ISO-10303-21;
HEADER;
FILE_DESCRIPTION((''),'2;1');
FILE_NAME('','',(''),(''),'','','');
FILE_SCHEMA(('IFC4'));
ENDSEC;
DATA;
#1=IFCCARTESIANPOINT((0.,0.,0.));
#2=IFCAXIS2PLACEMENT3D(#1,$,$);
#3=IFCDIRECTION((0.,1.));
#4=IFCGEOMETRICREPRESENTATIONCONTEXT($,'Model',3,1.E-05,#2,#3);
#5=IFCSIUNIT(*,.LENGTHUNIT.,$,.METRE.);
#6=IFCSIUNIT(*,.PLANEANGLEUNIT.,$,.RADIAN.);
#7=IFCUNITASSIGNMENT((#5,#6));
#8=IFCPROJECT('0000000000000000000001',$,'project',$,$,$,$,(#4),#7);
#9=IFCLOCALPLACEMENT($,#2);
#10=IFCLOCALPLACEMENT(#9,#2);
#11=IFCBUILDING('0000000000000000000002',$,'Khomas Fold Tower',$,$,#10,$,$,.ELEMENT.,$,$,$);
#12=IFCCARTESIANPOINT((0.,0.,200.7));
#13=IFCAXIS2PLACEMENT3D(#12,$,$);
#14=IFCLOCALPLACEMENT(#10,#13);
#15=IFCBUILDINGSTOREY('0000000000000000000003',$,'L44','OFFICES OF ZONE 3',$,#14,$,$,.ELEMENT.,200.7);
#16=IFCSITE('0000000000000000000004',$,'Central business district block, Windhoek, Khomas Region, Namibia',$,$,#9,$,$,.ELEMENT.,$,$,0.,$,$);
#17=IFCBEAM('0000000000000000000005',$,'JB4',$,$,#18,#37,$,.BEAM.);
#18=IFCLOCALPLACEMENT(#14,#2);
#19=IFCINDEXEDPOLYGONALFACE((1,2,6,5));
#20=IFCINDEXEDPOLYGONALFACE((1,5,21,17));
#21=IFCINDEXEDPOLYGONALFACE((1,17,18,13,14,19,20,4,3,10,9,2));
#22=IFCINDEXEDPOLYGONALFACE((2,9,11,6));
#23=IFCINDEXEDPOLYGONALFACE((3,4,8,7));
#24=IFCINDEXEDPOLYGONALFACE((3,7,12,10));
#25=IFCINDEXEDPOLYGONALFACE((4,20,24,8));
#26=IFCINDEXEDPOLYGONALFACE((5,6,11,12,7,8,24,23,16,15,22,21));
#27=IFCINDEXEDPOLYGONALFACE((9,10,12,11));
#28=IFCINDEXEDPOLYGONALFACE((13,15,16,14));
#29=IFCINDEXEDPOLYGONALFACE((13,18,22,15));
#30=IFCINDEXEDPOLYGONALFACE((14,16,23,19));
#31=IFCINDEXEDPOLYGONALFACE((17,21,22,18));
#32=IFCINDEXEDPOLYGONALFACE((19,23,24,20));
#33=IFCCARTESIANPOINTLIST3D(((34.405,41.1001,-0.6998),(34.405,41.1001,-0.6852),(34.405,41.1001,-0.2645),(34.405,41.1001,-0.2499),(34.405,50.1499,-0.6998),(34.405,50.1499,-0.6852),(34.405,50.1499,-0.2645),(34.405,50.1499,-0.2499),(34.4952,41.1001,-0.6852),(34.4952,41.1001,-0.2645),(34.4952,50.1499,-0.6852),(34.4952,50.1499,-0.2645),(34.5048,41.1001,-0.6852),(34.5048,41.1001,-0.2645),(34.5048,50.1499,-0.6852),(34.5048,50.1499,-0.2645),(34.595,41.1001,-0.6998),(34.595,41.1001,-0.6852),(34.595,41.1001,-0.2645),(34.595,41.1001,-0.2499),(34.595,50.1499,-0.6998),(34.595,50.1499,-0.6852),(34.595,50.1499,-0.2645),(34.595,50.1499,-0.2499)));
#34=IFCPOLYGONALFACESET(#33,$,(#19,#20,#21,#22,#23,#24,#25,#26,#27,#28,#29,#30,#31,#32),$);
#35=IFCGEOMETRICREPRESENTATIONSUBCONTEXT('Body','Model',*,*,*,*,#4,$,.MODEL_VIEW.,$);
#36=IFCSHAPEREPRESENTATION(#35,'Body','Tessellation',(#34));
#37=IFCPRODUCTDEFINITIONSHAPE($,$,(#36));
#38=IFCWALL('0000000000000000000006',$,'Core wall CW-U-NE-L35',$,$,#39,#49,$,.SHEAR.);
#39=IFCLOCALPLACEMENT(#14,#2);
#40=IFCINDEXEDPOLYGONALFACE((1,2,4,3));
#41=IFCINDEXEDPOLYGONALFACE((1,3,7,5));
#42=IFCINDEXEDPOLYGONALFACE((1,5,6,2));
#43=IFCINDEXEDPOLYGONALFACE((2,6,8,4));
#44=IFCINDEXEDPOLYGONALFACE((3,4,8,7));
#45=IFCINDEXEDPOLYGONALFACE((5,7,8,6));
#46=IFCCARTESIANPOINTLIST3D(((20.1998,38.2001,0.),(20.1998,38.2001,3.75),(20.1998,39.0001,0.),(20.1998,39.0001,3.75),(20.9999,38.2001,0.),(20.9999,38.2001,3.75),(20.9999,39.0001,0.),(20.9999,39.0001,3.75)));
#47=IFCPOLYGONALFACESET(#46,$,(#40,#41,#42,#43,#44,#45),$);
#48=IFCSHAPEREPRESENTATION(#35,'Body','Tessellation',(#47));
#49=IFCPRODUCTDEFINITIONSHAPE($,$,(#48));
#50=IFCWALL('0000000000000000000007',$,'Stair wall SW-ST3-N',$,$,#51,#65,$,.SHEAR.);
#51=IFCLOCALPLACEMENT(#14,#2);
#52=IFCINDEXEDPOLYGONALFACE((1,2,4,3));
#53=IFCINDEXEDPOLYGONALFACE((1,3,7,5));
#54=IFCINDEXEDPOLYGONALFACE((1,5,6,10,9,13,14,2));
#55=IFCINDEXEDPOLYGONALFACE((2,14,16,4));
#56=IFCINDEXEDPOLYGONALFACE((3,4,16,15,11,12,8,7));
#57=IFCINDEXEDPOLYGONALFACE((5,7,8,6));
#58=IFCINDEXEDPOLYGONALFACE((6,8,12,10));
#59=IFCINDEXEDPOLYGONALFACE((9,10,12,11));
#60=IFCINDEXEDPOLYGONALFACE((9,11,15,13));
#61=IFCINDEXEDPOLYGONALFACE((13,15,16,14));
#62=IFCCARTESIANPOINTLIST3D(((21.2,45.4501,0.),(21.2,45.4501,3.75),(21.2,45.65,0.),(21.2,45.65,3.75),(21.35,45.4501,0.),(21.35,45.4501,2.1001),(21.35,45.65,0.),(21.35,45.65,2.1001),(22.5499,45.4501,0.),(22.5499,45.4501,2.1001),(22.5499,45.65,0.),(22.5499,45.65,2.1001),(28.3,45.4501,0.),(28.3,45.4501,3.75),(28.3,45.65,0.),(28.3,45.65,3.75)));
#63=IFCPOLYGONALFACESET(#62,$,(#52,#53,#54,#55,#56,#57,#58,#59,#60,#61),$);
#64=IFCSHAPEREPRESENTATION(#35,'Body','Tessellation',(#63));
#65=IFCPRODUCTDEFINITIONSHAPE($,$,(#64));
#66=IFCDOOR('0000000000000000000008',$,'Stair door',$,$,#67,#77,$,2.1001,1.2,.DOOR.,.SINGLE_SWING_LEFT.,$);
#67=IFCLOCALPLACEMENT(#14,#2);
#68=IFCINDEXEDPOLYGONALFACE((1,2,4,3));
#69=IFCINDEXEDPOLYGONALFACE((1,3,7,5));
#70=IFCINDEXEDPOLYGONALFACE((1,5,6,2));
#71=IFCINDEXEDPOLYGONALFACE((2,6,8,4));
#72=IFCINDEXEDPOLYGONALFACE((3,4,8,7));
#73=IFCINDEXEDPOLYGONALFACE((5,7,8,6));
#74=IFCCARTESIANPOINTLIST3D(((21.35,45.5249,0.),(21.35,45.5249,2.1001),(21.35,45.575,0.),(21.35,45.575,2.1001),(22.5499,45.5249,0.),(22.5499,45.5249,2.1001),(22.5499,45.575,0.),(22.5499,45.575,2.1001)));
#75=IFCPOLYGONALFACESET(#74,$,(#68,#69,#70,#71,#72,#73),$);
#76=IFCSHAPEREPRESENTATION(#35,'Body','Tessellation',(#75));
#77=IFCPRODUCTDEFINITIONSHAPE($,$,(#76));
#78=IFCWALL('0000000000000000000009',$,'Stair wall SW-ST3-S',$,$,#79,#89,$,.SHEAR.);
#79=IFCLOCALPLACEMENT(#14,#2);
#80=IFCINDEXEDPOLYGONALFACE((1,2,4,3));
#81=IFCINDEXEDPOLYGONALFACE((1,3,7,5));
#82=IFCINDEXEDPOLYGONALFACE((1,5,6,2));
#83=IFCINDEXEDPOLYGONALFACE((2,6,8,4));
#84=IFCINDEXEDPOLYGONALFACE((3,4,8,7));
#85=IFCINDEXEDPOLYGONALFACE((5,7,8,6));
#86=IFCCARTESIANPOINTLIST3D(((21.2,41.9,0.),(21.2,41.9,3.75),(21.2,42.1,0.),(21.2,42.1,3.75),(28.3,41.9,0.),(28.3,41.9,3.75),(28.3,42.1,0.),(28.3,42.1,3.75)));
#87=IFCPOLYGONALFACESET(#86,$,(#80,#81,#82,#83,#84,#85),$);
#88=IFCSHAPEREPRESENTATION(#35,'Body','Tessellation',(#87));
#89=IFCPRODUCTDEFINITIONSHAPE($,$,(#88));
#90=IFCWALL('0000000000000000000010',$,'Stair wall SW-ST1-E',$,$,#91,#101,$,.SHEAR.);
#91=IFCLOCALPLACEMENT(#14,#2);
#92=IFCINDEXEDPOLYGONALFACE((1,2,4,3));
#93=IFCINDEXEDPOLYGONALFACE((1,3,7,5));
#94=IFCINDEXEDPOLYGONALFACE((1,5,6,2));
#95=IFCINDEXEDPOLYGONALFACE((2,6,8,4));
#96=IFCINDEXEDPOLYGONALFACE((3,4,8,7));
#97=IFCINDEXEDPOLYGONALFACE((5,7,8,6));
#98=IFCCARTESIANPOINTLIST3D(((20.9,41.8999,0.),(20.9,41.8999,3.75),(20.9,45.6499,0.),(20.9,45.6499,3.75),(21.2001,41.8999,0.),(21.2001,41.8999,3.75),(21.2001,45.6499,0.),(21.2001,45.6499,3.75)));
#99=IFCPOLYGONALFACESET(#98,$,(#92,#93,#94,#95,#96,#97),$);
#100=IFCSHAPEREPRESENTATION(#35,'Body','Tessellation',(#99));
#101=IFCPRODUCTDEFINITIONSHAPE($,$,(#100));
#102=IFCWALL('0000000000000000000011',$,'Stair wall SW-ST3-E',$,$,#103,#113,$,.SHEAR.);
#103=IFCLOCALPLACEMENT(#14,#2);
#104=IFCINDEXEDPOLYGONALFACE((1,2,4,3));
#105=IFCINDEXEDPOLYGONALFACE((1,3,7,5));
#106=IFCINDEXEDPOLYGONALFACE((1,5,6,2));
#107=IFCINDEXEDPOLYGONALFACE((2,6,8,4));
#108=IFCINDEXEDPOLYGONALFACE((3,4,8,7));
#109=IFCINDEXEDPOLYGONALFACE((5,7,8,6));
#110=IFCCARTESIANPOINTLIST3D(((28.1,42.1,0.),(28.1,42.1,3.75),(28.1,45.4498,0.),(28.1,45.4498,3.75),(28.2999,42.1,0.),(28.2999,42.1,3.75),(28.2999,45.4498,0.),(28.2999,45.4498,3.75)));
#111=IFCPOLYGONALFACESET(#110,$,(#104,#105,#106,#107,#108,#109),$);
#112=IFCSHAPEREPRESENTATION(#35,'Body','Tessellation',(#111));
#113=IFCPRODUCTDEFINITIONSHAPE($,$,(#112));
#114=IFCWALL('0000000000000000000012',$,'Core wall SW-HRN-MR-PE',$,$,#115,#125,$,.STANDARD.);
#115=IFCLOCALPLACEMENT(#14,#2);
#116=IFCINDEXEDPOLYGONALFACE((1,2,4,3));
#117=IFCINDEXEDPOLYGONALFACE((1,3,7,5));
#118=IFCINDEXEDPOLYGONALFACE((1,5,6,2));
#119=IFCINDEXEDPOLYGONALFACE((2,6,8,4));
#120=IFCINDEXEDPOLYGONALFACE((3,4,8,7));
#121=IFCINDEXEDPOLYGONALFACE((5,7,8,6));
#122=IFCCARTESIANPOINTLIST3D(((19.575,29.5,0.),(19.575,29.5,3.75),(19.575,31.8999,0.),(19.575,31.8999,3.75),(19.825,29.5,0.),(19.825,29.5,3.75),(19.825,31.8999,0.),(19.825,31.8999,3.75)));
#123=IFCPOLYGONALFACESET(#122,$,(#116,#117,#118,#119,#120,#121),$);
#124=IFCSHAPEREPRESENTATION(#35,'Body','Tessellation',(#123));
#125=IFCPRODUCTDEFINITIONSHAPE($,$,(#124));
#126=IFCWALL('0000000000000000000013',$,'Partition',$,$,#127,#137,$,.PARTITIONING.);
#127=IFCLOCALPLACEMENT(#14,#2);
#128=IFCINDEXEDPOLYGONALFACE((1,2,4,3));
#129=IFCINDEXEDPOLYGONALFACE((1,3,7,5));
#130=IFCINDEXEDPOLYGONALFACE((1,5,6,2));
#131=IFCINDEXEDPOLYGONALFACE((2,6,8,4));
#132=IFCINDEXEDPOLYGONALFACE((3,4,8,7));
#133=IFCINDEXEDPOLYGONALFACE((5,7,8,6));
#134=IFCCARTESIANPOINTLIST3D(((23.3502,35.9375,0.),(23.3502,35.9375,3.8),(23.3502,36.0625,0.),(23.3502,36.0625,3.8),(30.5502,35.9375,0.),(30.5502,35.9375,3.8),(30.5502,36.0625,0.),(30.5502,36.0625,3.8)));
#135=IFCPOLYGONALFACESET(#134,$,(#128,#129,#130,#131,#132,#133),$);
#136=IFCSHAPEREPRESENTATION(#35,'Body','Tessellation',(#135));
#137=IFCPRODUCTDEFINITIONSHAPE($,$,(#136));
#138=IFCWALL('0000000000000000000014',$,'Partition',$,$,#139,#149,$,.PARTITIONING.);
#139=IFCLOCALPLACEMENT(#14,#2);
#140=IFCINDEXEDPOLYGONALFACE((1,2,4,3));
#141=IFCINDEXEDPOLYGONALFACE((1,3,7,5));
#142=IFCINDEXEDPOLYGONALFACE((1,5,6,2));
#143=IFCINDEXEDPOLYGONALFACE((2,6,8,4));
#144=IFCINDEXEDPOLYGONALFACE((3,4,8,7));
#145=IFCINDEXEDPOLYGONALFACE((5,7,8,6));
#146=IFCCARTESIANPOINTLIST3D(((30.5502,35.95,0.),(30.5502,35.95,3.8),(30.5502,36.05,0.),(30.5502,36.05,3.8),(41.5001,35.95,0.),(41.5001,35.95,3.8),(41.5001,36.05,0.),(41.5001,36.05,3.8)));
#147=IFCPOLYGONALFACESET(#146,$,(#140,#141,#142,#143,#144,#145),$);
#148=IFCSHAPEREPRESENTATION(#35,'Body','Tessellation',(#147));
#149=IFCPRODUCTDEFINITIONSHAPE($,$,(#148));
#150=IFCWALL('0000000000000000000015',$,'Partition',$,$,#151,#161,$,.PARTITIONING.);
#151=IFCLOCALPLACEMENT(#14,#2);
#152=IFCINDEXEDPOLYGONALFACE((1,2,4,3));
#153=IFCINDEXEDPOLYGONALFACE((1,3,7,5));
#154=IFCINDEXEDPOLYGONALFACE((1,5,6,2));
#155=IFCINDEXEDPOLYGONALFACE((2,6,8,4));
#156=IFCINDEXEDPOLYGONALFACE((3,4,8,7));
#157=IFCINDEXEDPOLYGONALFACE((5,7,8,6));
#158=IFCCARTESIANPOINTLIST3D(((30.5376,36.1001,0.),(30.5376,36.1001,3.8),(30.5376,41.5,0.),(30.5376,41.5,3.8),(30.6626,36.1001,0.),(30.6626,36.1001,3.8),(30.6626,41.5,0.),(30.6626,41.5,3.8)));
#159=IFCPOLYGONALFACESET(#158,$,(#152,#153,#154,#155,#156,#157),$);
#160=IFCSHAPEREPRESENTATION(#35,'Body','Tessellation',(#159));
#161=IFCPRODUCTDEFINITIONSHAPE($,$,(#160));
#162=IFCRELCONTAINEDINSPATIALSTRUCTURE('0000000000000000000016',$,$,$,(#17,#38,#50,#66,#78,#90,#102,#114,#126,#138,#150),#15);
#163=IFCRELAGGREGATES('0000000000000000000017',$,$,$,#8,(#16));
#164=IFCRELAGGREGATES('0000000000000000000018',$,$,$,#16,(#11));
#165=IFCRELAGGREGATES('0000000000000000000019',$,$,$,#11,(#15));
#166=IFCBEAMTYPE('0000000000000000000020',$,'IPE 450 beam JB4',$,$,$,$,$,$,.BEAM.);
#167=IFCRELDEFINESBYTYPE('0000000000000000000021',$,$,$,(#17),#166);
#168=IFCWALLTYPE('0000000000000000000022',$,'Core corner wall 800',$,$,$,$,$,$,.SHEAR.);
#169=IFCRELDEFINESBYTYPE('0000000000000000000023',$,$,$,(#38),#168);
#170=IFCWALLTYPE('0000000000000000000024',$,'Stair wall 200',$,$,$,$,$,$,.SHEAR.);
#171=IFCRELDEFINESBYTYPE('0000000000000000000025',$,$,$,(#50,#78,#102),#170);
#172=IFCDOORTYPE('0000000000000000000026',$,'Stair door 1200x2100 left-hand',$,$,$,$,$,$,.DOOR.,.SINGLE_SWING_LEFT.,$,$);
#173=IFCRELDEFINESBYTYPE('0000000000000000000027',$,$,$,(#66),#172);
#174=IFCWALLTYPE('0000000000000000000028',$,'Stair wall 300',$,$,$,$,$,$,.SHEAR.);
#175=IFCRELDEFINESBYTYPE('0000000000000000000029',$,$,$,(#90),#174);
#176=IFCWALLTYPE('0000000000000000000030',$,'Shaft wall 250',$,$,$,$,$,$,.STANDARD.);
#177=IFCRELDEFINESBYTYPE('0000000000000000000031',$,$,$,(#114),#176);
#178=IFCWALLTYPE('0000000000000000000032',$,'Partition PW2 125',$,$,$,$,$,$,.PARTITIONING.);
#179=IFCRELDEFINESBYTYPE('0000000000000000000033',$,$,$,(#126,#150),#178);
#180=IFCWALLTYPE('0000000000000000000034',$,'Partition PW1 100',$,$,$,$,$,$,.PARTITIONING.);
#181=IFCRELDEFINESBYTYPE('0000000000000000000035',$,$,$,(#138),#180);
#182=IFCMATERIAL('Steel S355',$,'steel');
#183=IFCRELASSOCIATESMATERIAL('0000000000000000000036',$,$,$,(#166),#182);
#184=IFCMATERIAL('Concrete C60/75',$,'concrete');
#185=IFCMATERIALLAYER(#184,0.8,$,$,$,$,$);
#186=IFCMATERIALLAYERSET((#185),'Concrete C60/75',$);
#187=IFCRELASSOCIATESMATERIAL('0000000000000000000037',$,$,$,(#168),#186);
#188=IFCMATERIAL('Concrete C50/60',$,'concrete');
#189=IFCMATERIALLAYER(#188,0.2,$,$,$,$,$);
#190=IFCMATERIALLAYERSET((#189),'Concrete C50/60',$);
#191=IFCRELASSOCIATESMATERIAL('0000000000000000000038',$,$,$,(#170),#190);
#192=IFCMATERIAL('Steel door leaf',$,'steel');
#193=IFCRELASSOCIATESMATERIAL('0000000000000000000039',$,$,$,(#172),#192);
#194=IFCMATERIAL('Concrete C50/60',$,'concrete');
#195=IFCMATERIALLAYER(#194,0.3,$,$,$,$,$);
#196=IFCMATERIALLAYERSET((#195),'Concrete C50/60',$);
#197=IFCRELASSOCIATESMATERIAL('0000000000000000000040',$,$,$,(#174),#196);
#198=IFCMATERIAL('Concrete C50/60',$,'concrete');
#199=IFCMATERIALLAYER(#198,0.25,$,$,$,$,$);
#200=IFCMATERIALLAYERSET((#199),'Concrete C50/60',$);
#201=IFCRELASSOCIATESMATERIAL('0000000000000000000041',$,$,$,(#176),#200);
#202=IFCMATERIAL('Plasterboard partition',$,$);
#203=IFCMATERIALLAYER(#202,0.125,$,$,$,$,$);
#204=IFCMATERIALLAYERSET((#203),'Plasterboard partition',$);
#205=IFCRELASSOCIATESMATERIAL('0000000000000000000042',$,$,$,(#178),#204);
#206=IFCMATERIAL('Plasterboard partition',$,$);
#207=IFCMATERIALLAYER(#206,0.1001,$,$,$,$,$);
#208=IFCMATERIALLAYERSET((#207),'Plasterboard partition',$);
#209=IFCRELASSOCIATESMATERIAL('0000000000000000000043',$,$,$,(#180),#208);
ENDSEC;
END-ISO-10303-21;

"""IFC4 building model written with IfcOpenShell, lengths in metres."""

from ifc_helpers import new_model, si_unit, direction, frame, frame_2d, origin, origin_2d, place, context, subcontext, project, spatial, rectangle, i_section, extrude, source, transform, mapped, material, layer, layer_set, material_profile, profile_set, type_object, element, fill, save


model = new_model("IFC4")

# Units and contexts
model_context = context("Model", 3, precision=1e-05, world=origin(), true_north=direction((0.0, 1.0)))
body_context = subcontext(model_context, "Body", "Model", "MODEL_VIEW")
ifc_project = project(units=[si_unit("LENGTHUNIT", "METRE"), si_unit("PLANEANGLEUNIT", "RADIAN")], contexts=[model_context])

# Site, building, storey
site_placement = place(None, origin())
site = spatial("IfcSite", under=ifc_project, at=site_placement, Name="Central business district block, Windhoek, Khomas Region, Namibia", CompositionType="ELEMENT", RefElevation=0.0)
building_placement = place(site_placement, origin())
building = spatial("IfcBuilding", under=site, at=building_placement, Name="Khomas Fold Tower", CompositionType="ELEMENT")
storey_placement = place(building_placement, frame((0.0, 0.0, 200.7)))
storey = spatial("IfcBuildingStorey", under=building, at=storey_placement, Name="L44", Description="OFFICES OF ZONE 3", CompositionType="ELEMENT", Elevation=200.7)

# Beam
ifc_material_1 = material(Name="Steel S355", Category="steel")
ifc_material_profile_1 = material_profile(ifc_material_1, i_section(OverallWidth=0.1899, OverallDepth=0.45, WebThickness=0.0095, FlangeThickness=0.0146, at=origin_2d()), Name="IPE 450")
ifc_profile_set_1 = profile_set([ifc_material_profile_1], Name="Steel S355")
beam_type_1 = type_object("IfcBeamType", Name="IPE 450 beam JB4", PredefinedType="BEAM", material=ifc_profile_set_1)
shared_shape_1 = source(origin(), body_context, "Body", "SweptSolid", [
    extrude(i_section(OverallWidth=0.1899, OverallDepth=0.45, WebThickness=0.0095, FlangeThickness=0.0146, at=origin_2d()), origin(), (0.0, 0.0, 1.0), 9.0498),
])
beam_1_placement = place(storey_placement, frame((34.5, 41.1001, -0.4749), z_axis=(0.0, 1.0, 0.0), x_axis=(-1.0, 0.0, 0.0)))
element("IfcBeam", 1, at=beam_1_placement, inside=storey, type_object=beam_type_1, Name="JB4", PredefinedType="BEAM", context=body_context, shape_type="MappedRepresentation", body=[
    mapped(shared_shape_1, transform((0.0, 0.0, 0.0))),
])

# Wall
ifc_material_2 = material(Name="Concrete C60/75", Category="concrete")
ifc_layer_1 = layer(ifc_material_2, 0.8)
ifc_layer_set_1 = layer_set([ifc_layer_1], Name="Concrete C60/75")
wall_type_1 = type_object("IfcWallType", Name="Core corner wall 800", PredefinedType="SHEAR", material=ifc_layer_set_1)
shared_shape_2 = source(origin(), body_context, "Body", "SweptSolid", [
    extrude(rectangle(XDim=0.8, YDim=0.8, at=frame_2d((0.3999, 0.0))), origin(), (0.0, 0.0, 1.0), 3.75),
])
wall_1_placement = place(storey_placement, frame((20.2, 38.6001, 0.0), z_axis=(0.0, 0.0, 1.0), x_axis=(1.0, 0.0, 0.0)))
element("IfcWall", 2, at=wall_1_placement, inside=storey, type_object=wall_type_1, Name="Core wall CW-U-NE-L35", PredefinedType="SHEAR", context=body_context, shape_type="MappedRepresentation", body=[
    mapped(shared_shape_2, transform((0.0, 0.0, 0.0))),
])

# Wall, opening, door
ifc_material_3 = material(Name="Concrete C50/60", Category="concrete")
ifc_layer_2 = layer(ifc_material_3, 0.2)
ifc_layer_set_2 = layer_set([ifc_layer_2], Name="Concrete C50/60")
wall_type_2 = type_object("IfcWallType", Name="Stair wall 200", PredefinedType="SHEAR", material=ifc_layer_set_2)
shared_shape_3 = source(origin(), body_context, "Body", "SweptSolid", [
    extrude(rectangle(XDim=7.1001, YDim=0.2, at=frame_2d((3.55, 0.0))), origin(), (0.0, 0.0, 1.0), 3.75),
])
wall_2_placement = place(storey_placement, frame((21.2, 45.55, 0.0), z_axis=(0.0, 0.0, 1.0), x_axis=(1.0, 0.0, 0.0)))
wall_2 = element("IfcWall", 3, at=wall_2_placement, inside=storey, type_object=wall_type_2, Name="Stair wall SW-ST3-N", PredefinedType="SHEAR", context=body_context, shape_type="MappedRepresentation", body=[
    mapped(shared_shape_3, transform((0.0, 0.0, 0.0))),
])
shared_shape_4 = source(origin(), body_context, "Body", "SweptSolid", [
    extrude(rectangle(XDim=1.2, YDim=2.1001, at=frame_2d((0.6001, 1.05))), frame((0.0, 0.1099, 0.0), z_axis=(0.0, -1.0, 0.0), x_axis=(1.0, 0.0, 0.0)), (0.0, 0.0, 1.0), 0.22),
])
opening_1_placement = place(wall_2_placement, frame((0.1499, 0.0, 0.0)))
opening_1 = element("IfcOpeningElement", 4, at=opening_1_placement, cuts=wall_2, PredefinedType="OPENING", context=body_context, shape_type="MappedRepresentation", body=[
    mapped(shared_shape_4, transform((0.0, 0.0, 0.0))),
])
ifc_material_4 = material(Name="Steel door leaf", Category="steel")
door_type_1 = type_object("IfcDoorType", Name="Stair door 1200x2100 left-hand", OperationType="SINGLE_SWING_LEFT", PredefinedType="DOOR", material=ifc_material_4)
shared_shape_5 = source(origin(), body_context, "Body", "SweptSolid", [
    extrude(rectangle(XDim=1.2, YDim=2.1001, at=frame_2d((0.6001, 1.05))), frame((0.0, 0.0249, 0.0), z_axis=(0.0, -1.0, 0.0), x_axis=(1.0, 0.0, 0.0)), (0.0, 0.0, 1.0), 0.05),
])
door_1_placement = place(opening_1_placement, origin())
door_1 = element("IfcDoor", 5, at=door_1_placement, inside=storey, type_object=door_type_1, Name="Stair door", OperationType="SINGLE_SWING_LEFT", OverallHeight=2.1001, OverallWidth=1.2, PredefinedType="DOOR", context=body_context, shape_type="MappedRepresentation", body=[
    mapped(shared_shape_5, transform((0.0, 0.0, 0.0))),
])
fill(opening_1, door_1)

# Walls
wall_3_placement = place(storey_placement, frame((21.2, 42.0, 0.0), z_axis=(0.0, 0.0, 1.0), x_axis=(1.0, 0.0, 0.0)))
element("IfcWall", 6, at=wall_3_placement, inside=storey, type_object=wall_type_2, Name="Stair wall SW-ST3-S", PredefinedType="SHEAR", context=body_context, shape_type="MappedRepresentation", body=[
    mapped(shared_shape_3, transform((0.0, 0.0, 0.0))),
])
ifc_material_5 = material(Name="Concrete C50/60", Category="concrete")
ifc_layer_3 = layer(ifc_material_5, 0.3)
ifc_layer_set_3 = layer_set([ifc_layer_3], Name="Concrete C50/60")
wall_type_3 = type_object("IfcWallType", Name="Stair wall 300", PredefinedType="SHEAR", material=ifc_layer_set_3)
shared_shape_6 = source(origin(), body_context, "Body", "SweptSolid", [
    extrude(rectangle(XDim=3.75, YDim=0.3, at=frame_2d((1.875, 0.0))), origin(), (0.0, 0.0, 1.0), 3.75),
])
wall_4_placement = place(storey_placement, frame((21.05, 41.8999, 0.0), z_axis=(0.0, 0.0, 1.0), x_axis=(0.0, 1.0, 0.0)))
element("IfcWall", 7, at=wall_4_placement, inside=storey, type_object=wall_type_3, Name="Stair wall SW-ST1-E", PredefinedType="SHEAR", context=body_context, shape_type="MappedRepresentation", body=[
    mapped(shared_shape_6, transform((0.0, 0.0, 0.0))),
])
shared_shape_7 = source(origin(), body_context, "Body", "SweptSolid", [
    extrude(rectangle(XDim=3.3499, YDim=0.2, at=frame_2d((1.6748, 0.0))), origin(), (0.0, 0.0, 1.0), 3.75),
])
wall_5_placement = place(storey_placement, frame((28.2, 42.1001, 0.0), z_axis=(0.0, 0.0, 1.0), x_axis=(0.0, 1.0, 0.0)))
element("IfcWall", 8, at=wall_5_placement, inside=storey, type_object=wall_type_2, Name="Stair wall SW-ST3-E", PredefinedType="SHEAR", context=body_context, shape_type="MappedRepresentation", body=[
    mapped(shared_shape_7, transform((0.0, 0.0, 0.0))),
])
ifc_material_6 = material(Name="Concrete C50/60", Category="concrete")
ifc_layer_4 = layer(ifc_material_6, 0.25)
ifc_layer_set_4 = layer_set([ifc_layer_4], Name="Concrete C50/60")
wall_type_4 = type_object("IfcWallType", Name="Shaft wall 250", PredefinedType="STANDARD", material=ifc_layer_set_4)
shared_shape_8 = source(origin(), body_context, "Body", "SweptSolid", [
    extrude(rectangle(XDim=2.3999, YDim=0.25, at=frame_2d((1.2, 0.0))), origin(), (0.0, 0.0, 1.0), 3.75),
])
wall_6_placement = place(storey_placement, frame((19.7, 29.5, 0.0), z_axis=(0.0, 0.0, 1.0), x_axis=(0.0, 1.0, 0.0)))
element("IfcWall", 9, at=wall_6_placement, inside=storey, type_object=wall_type_4, Name="Core wall SW-HRN-MR-PE", PredefinedType="STANDARD", context=body_context, shape_type="MappedRepresentation", body=[
    mapped(shared_shape_8, transform((0.0, 0.0, 0.0))),
])
ifc_material_7 = material(Name="Plasterboard partition")
ifc_layer_5 = layer(ifc_material_7, 0.125)
ifc_layer_set_5 = layer_set([ifc_layer_5], Name="Plasterboard partition")
wall_type_5 = type_object("IfcWallType", Name="Partition PW2 125", PredefinedType="PARTITIONING", material=ifc_layer_set_5)
shared_shape_9 = source(origin(), body_context, "Body", "SweptSolid", [
    extrude(rectangle(XDim=7.2, YDim=0.125, at=frame_2d((3.6001, 0.0))), origin(), (0.0, 0.0, 1.0), 3.8),
])
wall_7_placement = place(storey_placement, frame((23.3501, 36.0, 0.0), z_axis=(0.0, 0.0, 1.0), x_axis=(1.0, 0.0, 0.0)))
element("IfcWall", 10, at=wall_7_placement, inside=storey, type_object=wall_type_5, Name="Partition", PredefinedType="PARTITIONING", context=body_context, shape_type="MappedRepresentation", body=[
    mapped(shared_shape_9, transform((0.0, 0.0, 0.0))),
])
ifc_material_8 = material(Name="Plasterboard partition")
ifc_layer_6 = layer(ifc_material_8, 0.1001)
ifc_layer_set_6 = layer_set([ifc_layer_6], Name="Plasterboard partition")
wall_type_6 = type_object("IfcWallType", Name="Partition PW1 100", PredefinedType="PARTITIONING", material=ifc_layer_set_6)
shared_shape_10 = source(origin(), body_context, "Body", "SweptSolid", [
    extrude(rectangle(XDim=10.95, YDim=0.1001, at=frame_2d((5.4751, 0.0))), origin(), (0.0, 0.0, 1.0), 3.8),
])
wall_8_placement = place(storey_placement, frame((30.55, 36.0, 0.0), z_axis=(0.0, 0.0, 1.0), x_axis=(1.0, 0.0, 0.0)))
element("IfcWall", 11, at=wall_8_placement, inside=storey, type_object=wall_type_6, Name="Partition", PredefinedType="PARTITIONING", context=body_context, shape_type="MappedRepresentation", body=[
    mapped(shared_shape_10, transform((0.0, 0.0, 0.0))),
])
shared_shape_11 = source(origin(), body_context, "Body", "SweptSolid", [
    extrude(rectangle(XDim=5.3999, YDim=0.125, at=frame_2d((2.7, 0.0))), origin(), (0.0, 0.0, 1.0), 3.8),
])
wall_9_placement = place(storey_placement, frame((30.6001, 36.1001, 0.0), z_axis=(0.0, 0.0, 1.0), x_axis=(0.0, 1.0, 0.0)))
element("IfcWall", 12, at=wall_9_placement, inside=storey, type_object=wall_type_5, Name="Partition", PredefinedType="PARTITIONING", context=body_context, shape_type="MappedRepresentation", body=[
    mapped(shared_shape_11, transform((0.0, 0.0, 0.0))),
])

save(model, "model.ifc")
